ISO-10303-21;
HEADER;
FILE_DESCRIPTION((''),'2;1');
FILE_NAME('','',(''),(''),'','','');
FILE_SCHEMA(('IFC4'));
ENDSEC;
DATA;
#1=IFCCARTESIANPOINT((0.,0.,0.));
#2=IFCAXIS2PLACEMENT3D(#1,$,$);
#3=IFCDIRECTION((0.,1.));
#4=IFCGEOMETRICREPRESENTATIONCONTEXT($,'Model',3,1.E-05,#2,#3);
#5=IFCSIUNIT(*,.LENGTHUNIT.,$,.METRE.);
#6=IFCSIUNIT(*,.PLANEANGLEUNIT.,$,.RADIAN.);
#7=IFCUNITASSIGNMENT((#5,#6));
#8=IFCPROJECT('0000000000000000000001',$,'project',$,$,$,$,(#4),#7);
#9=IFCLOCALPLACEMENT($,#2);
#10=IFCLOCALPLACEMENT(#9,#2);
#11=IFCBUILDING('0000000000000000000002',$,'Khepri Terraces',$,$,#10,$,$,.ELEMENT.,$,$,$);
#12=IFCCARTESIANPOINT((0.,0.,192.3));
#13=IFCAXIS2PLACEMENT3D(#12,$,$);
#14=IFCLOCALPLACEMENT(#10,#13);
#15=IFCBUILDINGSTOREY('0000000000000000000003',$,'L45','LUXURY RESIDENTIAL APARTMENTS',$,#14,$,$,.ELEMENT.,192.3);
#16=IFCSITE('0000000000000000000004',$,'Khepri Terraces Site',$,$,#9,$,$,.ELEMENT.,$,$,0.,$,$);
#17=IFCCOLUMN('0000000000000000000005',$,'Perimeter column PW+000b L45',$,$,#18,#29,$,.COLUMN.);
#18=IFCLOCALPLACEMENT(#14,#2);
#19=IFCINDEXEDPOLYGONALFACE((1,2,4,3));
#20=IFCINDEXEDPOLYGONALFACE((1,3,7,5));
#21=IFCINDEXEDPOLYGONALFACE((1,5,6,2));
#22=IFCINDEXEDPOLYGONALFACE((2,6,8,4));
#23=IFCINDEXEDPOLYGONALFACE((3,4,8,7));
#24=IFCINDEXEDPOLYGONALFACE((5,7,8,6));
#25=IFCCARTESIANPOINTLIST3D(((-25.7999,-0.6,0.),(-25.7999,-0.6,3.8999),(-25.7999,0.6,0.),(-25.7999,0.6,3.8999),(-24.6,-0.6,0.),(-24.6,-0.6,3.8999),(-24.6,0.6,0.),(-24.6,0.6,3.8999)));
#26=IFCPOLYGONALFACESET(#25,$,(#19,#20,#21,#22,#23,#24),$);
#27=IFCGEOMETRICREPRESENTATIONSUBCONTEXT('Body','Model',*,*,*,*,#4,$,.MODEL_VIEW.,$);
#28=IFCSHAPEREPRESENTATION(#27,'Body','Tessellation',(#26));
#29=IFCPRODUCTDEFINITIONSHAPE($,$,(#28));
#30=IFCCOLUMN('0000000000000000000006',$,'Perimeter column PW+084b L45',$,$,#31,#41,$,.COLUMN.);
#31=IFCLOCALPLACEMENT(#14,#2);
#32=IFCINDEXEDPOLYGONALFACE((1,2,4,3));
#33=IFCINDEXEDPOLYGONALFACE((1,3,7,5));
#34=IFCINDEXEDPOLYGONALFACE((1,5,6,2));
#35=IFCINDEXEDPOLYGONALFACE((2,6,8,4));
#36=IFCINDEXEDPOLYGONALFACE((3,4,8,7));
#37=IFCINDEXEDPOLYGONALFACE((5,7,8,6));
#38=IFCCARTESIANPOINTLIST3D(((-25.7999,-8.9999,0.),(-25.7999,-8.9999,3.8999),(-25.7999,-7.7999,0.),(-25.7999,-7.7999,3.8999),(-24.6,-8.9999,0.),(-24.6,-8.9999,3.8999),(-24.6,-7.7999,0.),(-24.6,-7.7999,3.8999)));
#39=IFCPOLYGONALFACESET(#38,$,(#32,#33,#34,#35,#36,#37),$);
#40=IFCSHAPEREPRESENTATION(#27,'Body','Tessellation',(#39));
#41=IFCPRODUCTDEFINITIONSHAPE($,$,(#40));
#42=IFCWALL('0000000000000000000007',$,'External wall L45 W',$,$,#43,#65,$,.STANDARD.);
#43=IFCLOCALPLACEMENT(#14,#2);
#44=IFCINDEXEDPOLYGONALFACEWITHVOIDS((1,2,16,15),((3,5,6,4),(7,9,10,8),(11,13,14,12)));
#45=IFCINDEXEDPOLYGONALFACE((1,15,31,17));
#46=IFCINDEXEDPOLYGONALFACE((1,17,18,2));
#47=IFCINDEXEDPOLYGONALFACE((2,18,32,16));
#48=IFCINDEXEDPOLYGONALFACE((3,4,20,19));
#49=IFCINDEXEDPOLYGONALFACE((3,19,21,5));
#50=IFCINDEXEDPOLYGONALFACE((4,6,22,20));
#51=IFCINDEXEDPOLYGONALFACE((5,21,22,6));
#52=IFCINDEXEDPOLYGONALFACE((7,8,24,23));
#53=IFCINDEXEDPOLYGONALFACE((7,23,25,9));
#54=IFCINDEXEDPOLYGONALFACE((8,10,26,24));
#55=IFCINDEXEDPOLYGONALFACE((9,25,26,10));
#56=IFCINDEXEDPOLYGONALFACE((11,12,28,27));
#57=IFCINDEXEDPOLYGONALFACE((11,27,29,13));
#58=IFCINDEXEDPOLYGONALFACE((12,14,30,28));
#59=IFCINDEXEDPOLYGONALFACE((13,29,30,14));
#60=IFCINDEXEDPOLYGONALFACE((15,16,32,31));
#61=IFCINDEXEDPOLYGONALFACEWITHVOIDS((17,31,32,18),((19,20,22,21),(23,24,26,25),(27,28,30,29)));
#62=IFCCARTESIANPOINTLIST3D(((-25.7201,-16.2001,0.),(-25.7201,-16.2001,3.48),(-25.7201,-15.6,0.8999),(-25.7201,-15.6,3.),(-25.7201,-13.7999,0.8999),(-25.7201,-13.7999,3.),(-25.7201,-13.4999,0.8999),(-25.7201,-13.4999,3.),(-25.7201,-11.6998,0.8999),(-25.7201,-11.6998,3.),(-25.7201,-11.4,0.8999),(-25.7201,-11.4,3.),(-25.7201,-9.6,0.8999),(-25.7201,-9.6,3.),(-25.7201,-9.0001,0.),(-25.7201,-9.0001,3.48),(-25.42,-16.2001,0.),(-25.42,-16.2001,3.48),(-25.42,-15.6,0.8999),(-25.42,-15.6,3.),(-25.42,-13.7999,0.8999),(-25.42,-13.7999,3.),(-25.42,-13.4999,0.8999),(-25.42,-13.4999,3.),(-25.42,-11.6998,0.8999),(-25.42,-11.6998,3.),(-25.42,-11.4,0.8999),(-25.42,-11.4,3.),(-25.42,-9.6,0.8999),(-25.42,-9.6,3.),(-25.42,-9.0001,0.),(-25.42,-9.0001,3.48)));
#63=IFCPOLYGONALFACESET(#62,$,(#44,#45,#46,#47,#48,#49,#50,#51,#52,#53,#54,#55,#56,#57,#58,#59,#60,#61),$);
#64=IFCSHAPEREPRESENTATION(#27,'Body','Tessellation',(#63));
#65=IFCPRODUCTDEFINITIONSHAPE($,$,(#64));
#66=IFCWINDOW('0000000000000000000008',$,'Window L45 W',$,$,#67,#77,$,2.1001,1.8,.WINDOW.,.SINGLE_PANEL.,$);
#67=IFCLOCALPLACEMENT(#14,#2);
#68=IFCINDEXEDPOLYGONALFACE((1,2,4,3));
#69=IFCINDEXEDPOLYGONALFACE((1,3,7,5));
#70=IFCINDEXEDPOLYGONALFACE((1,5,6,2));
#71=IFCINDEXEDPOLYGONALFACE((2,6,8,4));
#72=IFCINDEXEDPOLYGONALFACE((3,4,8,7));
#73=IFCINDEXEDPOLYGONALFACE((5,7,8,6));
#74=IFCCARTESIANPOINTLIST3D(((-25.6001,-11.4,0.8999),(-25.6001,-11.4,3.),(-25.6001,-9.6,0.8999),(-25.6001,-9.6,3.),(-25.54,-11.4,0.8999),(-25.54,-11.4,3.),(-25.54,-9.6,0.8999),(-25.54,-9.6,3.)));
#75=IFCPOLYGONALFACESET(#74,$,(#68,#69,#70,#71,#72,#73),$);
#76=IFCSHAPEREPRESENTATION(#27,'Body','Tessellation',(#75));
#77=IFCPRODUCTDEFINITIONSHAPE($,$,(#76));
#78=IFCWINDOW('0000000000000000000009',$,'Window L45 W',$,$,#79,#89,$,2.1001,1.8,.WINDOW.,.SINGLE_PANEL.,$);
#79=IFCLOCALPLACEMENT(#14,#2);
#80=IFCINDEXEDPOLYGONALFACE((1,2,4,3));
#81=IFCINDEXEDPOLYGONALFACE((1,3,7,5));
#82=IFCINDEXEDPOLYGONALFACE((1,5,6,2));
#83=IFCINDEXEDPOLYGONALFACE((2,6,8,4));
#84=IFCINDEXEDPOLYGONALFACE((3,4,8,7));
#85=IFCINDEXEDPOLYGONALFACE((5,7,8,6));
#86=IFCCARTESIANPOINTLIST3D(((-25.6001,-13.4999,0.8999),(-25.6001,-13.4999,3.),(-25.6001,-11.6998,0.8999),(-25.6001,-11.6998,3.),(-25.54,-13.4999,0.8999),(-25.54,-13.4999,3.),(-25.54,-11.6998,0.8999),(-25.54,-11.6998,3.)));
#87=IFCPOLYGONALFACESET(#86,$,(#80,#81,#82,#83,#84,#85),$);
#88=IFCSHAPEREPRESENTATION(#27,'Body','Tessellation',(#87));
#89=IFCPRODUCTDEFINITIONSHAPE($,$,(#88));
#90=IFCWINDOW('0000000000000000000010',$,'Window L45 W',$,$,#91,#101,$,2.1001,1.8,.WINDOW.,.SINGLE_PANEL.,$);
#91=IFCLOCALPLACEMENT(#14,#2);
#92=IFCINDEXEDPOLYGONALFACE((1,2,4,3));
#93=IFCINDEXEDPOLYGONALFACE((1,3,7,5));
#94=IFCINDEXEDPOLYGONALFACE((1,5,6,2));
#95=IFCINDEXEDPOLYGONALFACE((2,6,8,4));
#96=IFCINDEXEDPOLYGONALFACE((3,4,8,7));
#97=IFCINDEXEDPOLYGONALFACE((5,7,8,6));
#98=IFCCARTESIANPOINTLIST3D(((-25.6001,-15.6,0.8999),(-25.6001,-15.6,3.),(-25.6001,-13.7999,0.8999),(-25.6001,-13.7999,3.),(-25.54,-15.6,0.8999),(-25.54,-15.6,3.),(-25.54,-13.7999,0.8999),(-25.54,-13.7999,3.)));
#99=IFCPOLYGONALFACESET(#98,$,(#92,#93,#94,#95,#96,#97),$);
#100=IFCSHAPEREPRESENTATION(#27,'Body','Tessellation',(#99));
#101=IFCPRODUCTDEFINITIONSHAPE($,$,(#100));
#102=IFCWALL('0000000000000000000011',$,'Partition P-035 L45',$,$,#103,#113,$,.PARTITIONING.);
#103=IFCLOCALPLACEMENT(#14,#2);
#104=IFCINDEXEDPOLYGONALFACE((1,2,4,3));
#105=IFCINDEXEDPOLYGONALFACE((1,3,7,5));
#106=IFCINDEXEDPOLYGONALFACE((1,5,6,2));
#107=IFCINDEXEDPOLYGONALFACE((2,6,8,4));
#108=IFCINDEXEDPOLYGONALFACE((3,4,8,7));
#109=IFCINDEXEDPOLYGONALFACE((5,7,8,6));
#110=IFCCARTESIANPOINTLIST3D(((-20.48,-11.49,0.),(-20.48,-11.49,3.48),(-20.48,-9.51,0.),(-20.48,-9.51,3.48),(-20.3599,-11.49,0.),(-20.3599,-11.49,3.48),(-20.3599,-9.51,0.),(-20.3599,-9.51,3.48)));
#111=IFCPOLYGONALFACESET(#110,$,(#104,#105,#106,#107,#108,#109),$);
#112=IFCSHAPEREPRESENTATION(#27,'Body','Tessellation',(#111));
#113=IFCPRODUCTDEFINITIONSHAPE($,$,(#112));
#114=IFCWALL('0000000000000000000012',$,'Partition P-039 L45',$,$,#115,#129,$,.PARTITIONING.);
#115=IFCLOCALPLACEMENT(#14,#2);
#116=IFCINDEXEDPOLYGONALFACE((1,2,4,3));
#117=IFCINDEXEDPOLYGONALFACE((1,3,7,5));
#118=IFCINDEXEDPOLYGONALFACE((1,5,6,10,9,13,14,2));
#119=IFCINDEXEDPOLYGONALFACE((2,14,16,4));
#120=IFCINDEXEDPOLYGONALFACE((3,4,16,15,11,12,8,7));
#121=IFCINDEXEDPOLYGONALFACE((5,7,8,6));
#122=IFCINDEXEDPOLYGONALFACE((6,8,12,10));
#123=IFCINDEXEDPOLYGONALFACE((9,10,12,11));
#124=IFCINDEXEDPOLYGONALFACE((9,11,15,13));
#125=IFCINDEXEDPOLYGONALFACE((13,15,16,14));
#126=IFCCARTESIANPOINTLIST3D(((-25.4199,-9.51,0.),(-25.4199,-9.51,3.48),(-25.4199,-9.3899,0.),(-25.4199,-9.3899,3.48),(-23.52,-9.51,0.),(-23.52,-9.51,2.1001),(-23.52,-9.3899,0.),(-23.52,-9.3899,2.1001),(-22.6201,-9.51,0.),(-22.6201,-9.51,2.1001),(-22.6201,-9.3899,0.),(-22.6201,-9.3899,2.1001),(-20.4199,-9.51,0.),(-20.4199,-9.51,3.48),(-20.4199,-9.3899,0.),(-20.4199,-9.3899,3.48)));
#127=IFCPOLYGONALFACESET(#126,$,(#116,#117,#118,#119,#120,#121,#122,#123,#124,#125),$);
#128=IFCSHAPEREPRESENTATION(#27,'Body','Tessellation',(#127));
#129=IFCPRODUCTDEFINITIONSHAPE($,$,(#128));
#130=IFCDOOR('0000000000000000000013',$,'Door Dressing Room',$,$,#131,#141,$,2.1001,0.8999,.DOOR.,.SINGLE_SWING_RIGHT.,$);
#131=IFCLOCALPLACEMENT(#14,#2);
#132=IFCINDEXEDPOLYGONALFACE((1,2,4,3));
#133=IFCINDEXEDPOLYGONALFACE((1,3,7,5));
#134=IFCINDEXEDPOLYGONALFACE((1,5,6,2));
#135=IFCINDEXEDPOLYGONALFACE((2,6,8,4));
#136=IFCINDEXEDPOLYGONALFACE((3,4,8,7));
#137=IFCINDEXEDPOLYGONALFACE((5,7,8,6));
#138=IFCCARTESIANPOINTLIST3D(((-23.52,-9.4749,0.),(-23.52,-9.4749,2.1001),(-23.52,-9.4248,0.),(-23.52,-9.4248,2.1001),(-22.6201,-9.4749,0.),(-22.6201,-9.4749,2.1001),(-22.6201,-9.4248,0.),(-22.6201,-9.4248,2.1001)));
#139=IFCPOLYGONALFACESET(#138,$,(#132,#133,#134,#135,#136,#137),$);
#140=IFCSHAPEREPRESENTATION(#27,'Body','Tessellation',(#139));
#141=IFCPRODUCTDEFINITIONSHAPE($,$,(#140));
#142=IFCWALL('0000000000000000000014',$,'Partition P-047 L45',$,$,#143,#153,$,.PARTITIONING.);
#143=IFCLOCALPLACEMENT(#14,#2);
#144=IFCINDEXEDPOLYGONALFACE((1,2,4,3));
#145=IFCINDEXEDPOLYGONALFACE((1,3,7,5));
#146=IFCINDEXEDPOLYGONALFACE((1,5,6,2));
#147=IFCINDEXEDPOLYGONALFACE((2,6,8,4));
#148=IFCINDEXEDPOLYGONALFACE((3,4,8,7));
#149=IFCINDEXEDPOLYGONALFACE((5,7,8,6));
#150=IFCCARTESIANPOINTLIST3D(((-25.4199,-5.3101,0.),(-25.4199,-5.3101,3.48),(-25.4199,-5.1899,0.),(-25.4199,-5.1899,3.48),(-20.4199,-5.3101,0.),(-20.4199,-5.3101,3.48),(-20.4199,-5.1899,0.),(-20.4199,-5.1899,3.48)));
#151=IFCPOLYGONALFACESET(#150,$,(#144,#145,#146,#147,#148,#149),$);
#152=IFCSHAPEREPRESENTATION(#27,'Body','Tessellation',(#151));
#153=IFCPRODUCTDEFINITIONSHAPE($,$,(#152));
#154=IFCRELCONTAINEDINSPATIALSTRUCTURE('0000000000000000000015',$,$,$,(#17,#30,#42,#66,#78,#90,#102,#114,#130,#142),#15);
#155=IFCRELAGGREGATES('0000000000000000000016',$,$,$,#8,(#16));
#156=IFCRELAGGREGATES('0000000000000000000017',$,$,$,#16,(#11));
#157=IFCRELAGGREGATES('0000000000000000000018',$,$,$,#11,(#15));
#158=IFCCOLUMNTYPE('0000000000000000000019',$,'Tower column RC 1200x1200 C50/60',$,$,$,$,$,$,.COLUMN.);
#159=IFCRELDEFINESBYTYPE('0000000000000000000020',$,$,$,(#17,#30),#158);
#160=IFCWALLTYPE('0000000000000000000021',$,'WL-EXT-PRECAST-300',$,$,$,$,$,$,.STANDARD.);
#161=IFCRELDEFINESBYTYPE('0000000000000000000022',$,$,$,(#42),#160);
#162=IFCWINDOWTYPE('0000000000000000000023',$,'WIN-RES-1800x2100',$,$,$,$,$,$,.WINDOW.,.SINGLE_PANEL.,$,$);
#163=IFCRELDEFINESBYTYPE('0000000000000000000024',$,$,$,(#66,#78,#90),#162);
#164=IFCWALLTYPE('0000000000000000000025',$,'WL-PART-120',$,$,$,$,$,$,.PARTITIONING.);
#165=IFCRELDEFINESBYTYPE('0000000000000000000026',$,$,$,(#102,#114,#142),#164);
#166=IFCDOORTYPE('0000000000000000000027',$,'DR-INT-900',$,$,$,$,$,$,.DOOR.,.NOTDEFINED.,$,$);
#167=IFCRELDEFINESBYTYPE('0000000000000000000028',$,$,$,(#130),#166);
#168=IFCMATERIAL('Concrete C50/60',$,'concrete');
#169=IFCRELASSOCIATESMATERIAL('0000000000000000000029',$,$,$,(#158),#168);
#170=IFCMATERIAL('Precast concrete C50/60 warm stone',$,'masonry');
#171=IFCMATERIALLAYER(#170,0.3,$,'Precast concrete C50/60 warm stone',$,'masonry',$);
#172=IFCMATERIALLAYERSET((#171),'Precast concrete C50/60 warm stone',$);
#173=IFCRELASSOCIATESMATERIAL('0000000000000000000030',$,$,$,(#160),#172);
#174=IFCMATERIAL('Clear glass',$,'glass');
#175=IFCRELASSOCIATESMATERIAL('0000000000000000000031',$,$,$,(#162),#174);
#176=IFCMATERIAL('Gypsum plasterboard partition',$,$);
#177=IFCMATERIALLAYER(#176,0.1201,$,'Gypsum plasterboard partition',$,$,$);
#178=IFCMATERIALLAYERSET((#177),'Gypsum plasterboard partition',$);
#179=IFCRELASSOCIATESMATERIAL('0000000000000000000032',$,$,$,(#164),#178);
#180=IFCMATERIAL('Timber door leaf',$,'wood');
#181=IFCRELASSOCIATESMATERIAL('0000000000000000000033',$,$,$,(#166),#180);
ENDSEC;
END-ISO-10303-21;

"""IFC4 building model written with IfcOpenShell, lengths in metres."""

from ifc_helpers import new_model, si_unit, direction, frame, frame_2d, origin, origin_2d, place, context, subcontext, project, spatial, rectangle, extrude, material, layer, layer_set, material_profile, profile_set, type_object, element, fill, save


model = new_model("IFC4")

# Units and contexts
model_context = context("Model", 3, precision=1e-05, world=origin(), true_north=direction((0.0, 1.0)))
body_context = subcontext(model_context, "Body", "Model", "MODEL_VIEW")
ifc_project = project(units=[si_unit("LENGTHUNIT", "METRE"), si_unit("PLANEANGLEUNIT", "RADIAN")], contexts=[model_context])

# Site, building, storey
site_placement = place(None, origin())
site = spatial("IfcSite", under=ifc_project, at=site_placement, Name="Khepri Terraces Site", CompositionType="ELEMENT", RefElevation=0.0)
building_placement = place(site_placement, origin())
building = spatial("IfcBuilding", under=site, at=building_placement, Name="Khepri Terraces", CompositionType="ELEMENT")
storey_placement = place(building_placement, frame((0.0, 0.0, 192.3)))
storey = spatial("IfcBuildingStorey", under=building, at=storey_placement, Name="L45", Description="LUXURY RESIDENTIAL APARTMENTS", CompositionType="ELEMENT", Elevation=192.3)

# Columns
ifc_material_1 = material(Name="Concrete C50/60", Category="concrete")
ifc_material_profile = material_profile(ifc_material_1, rectangle(XDim=1.2, YDim=1.2, at=origin_2d()), Name="Concrete C50/60", Category="concrete")
ifc_profile_set = profile_set([ifc_material_profile], Name="Concrete C50/60")
column_type = type_object("IfcColumnType", Name="Tower column RC 1200x1200 C50/60", PredefinedType="COLUMN", material=ifc_profile_set)
for number, where, z_axis, x_axis, name in (
    (1, (-25.2, 0.0, 0.0), (0.0, 0.0, 1.0), (1.0, 0.0, 0.0), "Perimeter column PW+000b L45"),
    (2, (-25.2, -8.3999, 0.0), (0.0, 0.0, 1.0), (1.0, 0.0, 0.0), "Perimeter column PW+084b L45"),
):
    element("IfcColumn", number, at=place(storey_placement, frame(where, z_axis=z_axis, x_axis=x_axis)), inside=storey, type_object=column_type, Name=name, PredefinedType="COLUMN", context=body_context, shape_type="SweptSolid", body=[
        extrude(rectangle(XDim=1.2, YDim=1.2, at=origin_2d()), origin(), (0.0, 0.0, 1.0), 3.8999),
    ])

# Shared definitions
ifc_material_2 = material(Name="Precast concrete C50/60 warm stone", Category="masonry")
ifc_layer_1 = layer(ifc_material_2, 0.3, Name="Precast concrete C50/60 warm stone", Category="masonry")
ifc_layer_set_1 = layer_set([ifc_layer_1], Name="Precast concrete C50/60 warm stone")
wall_type_1 = type_object("IfcWallType", Name="WL-EXT-PRECAST-300", PredefinedType="STANDARD", material=ifc_layer_set_1)
ifc_material_3 = material(Name="Clear glass", Category="glass")
window_type = type_object("IfcWindowType", Name="WIN-RES-1800x2100", PartitioningType="SINGLE_PANEL", PredefinedType="WINDOW", material=ifc_material_3)

# Wall, openings, windows
wall_1_placement = place(storey_placement, frame((-25.5701, -9.0, 0.0), z_axis=(0.0, 0.0, 1.0), x_axis=(0.0, -1.0, 0.0)))
wall_1 = element("IfcWall", 3, at=wall_1_placement, inside=storey, type_object=wall_type_1, Name="External wall L45 W", PredefinedType="STANDARD", context=body_context, shape_type="SweptSolid", body=[
    extrude(rectangle(XDim=7.2, YDim=0.3, at=frame_2d((3.6001, 0.0))), origin(), (0.0, 0.0, 1.0), 3.48),
])
opening_1_placement = place(wall_1_placement, frame((0.6001, 0.0, 0.8999)))
opening_1 = element("IfcOpeningElement", 4, at=opening_1_placement, cuts=wall_1, PredefinedType="OPENING", context=body_context, shape_type="SweptSolid", body=[
    extrude(rectangle(XDim=1.8, YDim=2.1001, at=frame_2d((0.8999, 1.05))), frame((0.0, 0.1602, 0.0), z_axis=(0.0, -1.0, 0.0), x_axis=(1.0, 0.0, 0.0)), (0.0, 0.0, 1.0), 0.3201),
])
opening_2_placement = place(wall_1_placement, frame((2.7, 0.0, 0.8999)))
opening_2 = element("IfcOpeningElement", 5, at=opening_2_placement, cuts=wall_1, PredefinedType="OPENING", context=body_context, shape_type="SweptSolid", body=[
    extrude(rectangle(XDim=1.8, YDim=2.1001, at=frame_2d((0.8999, 1.05))), frame((0.0, 0.1602, 0.0), z_axis=(0.0, -1.0, 0.0), x_axis=(1.0, 0.0, 0.0)), (0.0, 0.0, 1.0), 0.3201),
])
opening_3_placement = place(wall_1_placement, frame((4.8, 0.0, 0.8999)))
opening_3 = element("IfcOpeningElement", 6, at=opening_3_placement, cuts=wall_1, PredefinedType="OPENING", context=body_context, shape_type="SweptSolid", body=[
    extrude(rectangle(XDim=1.8, YDim=2.1001, at=frame_2d((0.8999, 1.05))), frame((0.0, 0.1602, 0.0), z_axis=(0.0, -1.0, 0.0), x_axis=(1.0, 0.0, 0.0)), (0.0, 0.0, 1.0), 0.3201),
])
window_1_placement = place(opening_1_placement, origin())
window_1 = element("IfcWindow", 7, at=window_1_placement, inside=storey, type_object=window_type, Name="Window L45 W", OverallHeight=2.1001, OverallWidth=1.8, PartitioningType="SINGLE_PANEL", PredefinedType="WINDOW", context=body_context, shape_type="SweptSolid", body=[
    extrude(rectangle(XDim=1.8, YDim=2.1001, at=frame_2d((0.8999, 1.05))), frame((0.0, 0.03, 0.0), z_axis=(0.0, -1.0, 0.0), x_axis=(1.0, 0.0, 0.0)), (0.0, 0.0, 1.0), 0.0601),
])
fill(opening_1, window_1)
window_2_placement = place(opening_2_placement, origin())
window_2 = element("IfcWindow", 8, at=window_2_placement, inside=storey, type_object=window_type, Name="Window L45 W", OverallHeight=2.1001, OverallWidth=1.8, PartitioningType="SINGLE_PANEL", PredefinedType="WINDOW", context=body_context, shape_type="SweptSolid", body=[
    extrude(rectangle(XDim=1.8, YDim=2.1001, at=frame_2d((0.8999, 1.05))), frame((0.0, 0.03, 0.0), z_axis=(0.0, -1.0, 0.0), x_axis=(1.0, 0.0, 0.0)), (0.0, 0.0, 1.0), 0.0601),
])
fill(opening_2, window_2)
window_3_placement = place(opening_3_placement, origin())
window_3 = element("IfcWindow", 9, at=window_3_placement, inside=storey, type_object=window_type, Name="Window L45 W", OverallHeight=2.1001, OverallWidth=1.8, PartitioningType="SINGLE_PANEL", PredefinedType="WINDOW", context=body_context, shape_type="SweptSolid", body=[
    extrude(rectangle(XDim=1.8, YDim=2.1001, at=frame_2d((0.8999, 1.05))), frame((0.0, 0.03, 0.0), z_axis=(0.0, -1.0, 0.0), x_axis=(1.0, 0.0, 0.0)), (0.0, 0.0, 1.0), 0.0601),
])
fill(opening_3, window_3)

# Wall
ifc_material_4 = material(Name="Gypsum plasterboard partition")
ifc_layer_2 = layer(ifc_material_4, 0.1201, Name="Gypsum plasterboard partition")
ifc_layer_set_2 = layer_set([ifc_layer_2], Name="Gypsum plasterboard partition")
wall_type_2 = type_object("IfcWallType", Name="WL-PART-120", PredefinedType="PARTITIONING", material=ifc_layer_set_2)
wall_2_placement = place(storey_placement, frame((-20.4199, -11.49, 0.0), z_axis=(0.0, 0.0, 1.0), x_axis=(0.0, 1.0, 0.0)))
element("IfcWall", 10, at=wall_2_placement, inside=storey, type_object=wall_type_2, Name="Partition P-035 L45", PredefinedType="PARTITIONING", context=body_context, shape_type="SweptSolid", body=[
    extrude(rectangle(XDim=1.98, YDim=0.1201, at=frame_2d((0.99, 0.0))), origin(), (0.0, 0.0, 1.0), 3.48),
])

# Wall, opening, door
wall_3_placement = place(storey_placement, frame((-25.4199, -9.45, 0.0), z_axis=(0.0, 0.0, 1.0), x_axis=(1.0, 0.0, 0.0)))
wall_3 = element("IfcWall", 11, at=wall_3_placement, inside=storey, type_object=wall_type_2, Name="Partition P-039 L45", PredefinedType="PARTITIONING", context=body_context, shape_type="SweptSolid", body=[
    extrude(rectangle(XDim=5.0, YDim=0.1201, at=frame_2d((2.5, 0.0))), origin(), (0.0, 0.0, 1.0), 3.48),
])
opening_4_placement = place(wall_3_placement, frame((1.8999, 0.0, 0.0)))
opening_4 = element("IfcOpeningElement", 12, at=opening_4_placement, cuts=wall_3, PredefinedType="OPENING", context=body_context, shape_type="SweptSolid", body=[
    extrude(rectangle(XDim=0.8999, YDim=2.1001, at=frame_2d((0.45, 1.05))), frame((0.0, 0.0701, 0.0), z_axis=(0.0, -1.0, 0.0), x_axis=(1.0, 0.0, 0.0)), (0.0, 0.0, 1.0), 0.1401),
])
ifc_material_5 = material(Name="Timber door leaf", Category="wood")
door_type_1 = type_object("IfcDoorType", Name="DR-INT-900", OperationType="NOTDEFINED", PredefinedType="DOOR", material=ifc_material_5)
door_1_placement = place(opening_4_placement, frame((0.8999, 0.0, 0.0), z_axis=(0.0, 0.0, 1.0), x_axis=(-1.0, 0.0, 0.0)))
door_1 = element("IfcDoor", 13, at=door_1_placement, inside=storey, type_object=door_type_1, Name="Door Dressing Room", OperationType="SINGLE_SWING_RIGHT", OverallHeight=2.1001, OverallWidth=0.8999, PredefinedType="DOOR", context=body_context, shape_type="SweptSolid", body=[
    extrude(rectangle(XDim=0.8999, YDim=2.1001, at=frame_2d((0.45, 1.05))), frame((0.0, 0.0249, 0.0), z_axis=(0.0, -1.0, 0.0), x_axis=(1.0, 0.0, 0.0)), (0.0, 0.0, 1.0), 0.05),
])
fill(opening_4, door_1)

# Wall
wall_4_placement = place(storey_placement, frame((-25.4199, -5.25, 0.0), z_axis=(0.0, 0.0, 1.0), x_axis=(1.0, 0.0, 0.0)))
element("IfcWall", 14, at=wall_4_placement, inside=storey, type_object=wall_type_2, Name="Partition P-047 L45", PredefinedType="PARTITIONING", context=body_context, shape_type="SweptSolid", body=[
    extrude(rectangle(XDim=5.0, YDim=0.1201, at=frame_2d((2.5, 0.0))), origin(), (0.0, 0.0, 1.0), 3.48),
])

save(model, "model.ifc")
